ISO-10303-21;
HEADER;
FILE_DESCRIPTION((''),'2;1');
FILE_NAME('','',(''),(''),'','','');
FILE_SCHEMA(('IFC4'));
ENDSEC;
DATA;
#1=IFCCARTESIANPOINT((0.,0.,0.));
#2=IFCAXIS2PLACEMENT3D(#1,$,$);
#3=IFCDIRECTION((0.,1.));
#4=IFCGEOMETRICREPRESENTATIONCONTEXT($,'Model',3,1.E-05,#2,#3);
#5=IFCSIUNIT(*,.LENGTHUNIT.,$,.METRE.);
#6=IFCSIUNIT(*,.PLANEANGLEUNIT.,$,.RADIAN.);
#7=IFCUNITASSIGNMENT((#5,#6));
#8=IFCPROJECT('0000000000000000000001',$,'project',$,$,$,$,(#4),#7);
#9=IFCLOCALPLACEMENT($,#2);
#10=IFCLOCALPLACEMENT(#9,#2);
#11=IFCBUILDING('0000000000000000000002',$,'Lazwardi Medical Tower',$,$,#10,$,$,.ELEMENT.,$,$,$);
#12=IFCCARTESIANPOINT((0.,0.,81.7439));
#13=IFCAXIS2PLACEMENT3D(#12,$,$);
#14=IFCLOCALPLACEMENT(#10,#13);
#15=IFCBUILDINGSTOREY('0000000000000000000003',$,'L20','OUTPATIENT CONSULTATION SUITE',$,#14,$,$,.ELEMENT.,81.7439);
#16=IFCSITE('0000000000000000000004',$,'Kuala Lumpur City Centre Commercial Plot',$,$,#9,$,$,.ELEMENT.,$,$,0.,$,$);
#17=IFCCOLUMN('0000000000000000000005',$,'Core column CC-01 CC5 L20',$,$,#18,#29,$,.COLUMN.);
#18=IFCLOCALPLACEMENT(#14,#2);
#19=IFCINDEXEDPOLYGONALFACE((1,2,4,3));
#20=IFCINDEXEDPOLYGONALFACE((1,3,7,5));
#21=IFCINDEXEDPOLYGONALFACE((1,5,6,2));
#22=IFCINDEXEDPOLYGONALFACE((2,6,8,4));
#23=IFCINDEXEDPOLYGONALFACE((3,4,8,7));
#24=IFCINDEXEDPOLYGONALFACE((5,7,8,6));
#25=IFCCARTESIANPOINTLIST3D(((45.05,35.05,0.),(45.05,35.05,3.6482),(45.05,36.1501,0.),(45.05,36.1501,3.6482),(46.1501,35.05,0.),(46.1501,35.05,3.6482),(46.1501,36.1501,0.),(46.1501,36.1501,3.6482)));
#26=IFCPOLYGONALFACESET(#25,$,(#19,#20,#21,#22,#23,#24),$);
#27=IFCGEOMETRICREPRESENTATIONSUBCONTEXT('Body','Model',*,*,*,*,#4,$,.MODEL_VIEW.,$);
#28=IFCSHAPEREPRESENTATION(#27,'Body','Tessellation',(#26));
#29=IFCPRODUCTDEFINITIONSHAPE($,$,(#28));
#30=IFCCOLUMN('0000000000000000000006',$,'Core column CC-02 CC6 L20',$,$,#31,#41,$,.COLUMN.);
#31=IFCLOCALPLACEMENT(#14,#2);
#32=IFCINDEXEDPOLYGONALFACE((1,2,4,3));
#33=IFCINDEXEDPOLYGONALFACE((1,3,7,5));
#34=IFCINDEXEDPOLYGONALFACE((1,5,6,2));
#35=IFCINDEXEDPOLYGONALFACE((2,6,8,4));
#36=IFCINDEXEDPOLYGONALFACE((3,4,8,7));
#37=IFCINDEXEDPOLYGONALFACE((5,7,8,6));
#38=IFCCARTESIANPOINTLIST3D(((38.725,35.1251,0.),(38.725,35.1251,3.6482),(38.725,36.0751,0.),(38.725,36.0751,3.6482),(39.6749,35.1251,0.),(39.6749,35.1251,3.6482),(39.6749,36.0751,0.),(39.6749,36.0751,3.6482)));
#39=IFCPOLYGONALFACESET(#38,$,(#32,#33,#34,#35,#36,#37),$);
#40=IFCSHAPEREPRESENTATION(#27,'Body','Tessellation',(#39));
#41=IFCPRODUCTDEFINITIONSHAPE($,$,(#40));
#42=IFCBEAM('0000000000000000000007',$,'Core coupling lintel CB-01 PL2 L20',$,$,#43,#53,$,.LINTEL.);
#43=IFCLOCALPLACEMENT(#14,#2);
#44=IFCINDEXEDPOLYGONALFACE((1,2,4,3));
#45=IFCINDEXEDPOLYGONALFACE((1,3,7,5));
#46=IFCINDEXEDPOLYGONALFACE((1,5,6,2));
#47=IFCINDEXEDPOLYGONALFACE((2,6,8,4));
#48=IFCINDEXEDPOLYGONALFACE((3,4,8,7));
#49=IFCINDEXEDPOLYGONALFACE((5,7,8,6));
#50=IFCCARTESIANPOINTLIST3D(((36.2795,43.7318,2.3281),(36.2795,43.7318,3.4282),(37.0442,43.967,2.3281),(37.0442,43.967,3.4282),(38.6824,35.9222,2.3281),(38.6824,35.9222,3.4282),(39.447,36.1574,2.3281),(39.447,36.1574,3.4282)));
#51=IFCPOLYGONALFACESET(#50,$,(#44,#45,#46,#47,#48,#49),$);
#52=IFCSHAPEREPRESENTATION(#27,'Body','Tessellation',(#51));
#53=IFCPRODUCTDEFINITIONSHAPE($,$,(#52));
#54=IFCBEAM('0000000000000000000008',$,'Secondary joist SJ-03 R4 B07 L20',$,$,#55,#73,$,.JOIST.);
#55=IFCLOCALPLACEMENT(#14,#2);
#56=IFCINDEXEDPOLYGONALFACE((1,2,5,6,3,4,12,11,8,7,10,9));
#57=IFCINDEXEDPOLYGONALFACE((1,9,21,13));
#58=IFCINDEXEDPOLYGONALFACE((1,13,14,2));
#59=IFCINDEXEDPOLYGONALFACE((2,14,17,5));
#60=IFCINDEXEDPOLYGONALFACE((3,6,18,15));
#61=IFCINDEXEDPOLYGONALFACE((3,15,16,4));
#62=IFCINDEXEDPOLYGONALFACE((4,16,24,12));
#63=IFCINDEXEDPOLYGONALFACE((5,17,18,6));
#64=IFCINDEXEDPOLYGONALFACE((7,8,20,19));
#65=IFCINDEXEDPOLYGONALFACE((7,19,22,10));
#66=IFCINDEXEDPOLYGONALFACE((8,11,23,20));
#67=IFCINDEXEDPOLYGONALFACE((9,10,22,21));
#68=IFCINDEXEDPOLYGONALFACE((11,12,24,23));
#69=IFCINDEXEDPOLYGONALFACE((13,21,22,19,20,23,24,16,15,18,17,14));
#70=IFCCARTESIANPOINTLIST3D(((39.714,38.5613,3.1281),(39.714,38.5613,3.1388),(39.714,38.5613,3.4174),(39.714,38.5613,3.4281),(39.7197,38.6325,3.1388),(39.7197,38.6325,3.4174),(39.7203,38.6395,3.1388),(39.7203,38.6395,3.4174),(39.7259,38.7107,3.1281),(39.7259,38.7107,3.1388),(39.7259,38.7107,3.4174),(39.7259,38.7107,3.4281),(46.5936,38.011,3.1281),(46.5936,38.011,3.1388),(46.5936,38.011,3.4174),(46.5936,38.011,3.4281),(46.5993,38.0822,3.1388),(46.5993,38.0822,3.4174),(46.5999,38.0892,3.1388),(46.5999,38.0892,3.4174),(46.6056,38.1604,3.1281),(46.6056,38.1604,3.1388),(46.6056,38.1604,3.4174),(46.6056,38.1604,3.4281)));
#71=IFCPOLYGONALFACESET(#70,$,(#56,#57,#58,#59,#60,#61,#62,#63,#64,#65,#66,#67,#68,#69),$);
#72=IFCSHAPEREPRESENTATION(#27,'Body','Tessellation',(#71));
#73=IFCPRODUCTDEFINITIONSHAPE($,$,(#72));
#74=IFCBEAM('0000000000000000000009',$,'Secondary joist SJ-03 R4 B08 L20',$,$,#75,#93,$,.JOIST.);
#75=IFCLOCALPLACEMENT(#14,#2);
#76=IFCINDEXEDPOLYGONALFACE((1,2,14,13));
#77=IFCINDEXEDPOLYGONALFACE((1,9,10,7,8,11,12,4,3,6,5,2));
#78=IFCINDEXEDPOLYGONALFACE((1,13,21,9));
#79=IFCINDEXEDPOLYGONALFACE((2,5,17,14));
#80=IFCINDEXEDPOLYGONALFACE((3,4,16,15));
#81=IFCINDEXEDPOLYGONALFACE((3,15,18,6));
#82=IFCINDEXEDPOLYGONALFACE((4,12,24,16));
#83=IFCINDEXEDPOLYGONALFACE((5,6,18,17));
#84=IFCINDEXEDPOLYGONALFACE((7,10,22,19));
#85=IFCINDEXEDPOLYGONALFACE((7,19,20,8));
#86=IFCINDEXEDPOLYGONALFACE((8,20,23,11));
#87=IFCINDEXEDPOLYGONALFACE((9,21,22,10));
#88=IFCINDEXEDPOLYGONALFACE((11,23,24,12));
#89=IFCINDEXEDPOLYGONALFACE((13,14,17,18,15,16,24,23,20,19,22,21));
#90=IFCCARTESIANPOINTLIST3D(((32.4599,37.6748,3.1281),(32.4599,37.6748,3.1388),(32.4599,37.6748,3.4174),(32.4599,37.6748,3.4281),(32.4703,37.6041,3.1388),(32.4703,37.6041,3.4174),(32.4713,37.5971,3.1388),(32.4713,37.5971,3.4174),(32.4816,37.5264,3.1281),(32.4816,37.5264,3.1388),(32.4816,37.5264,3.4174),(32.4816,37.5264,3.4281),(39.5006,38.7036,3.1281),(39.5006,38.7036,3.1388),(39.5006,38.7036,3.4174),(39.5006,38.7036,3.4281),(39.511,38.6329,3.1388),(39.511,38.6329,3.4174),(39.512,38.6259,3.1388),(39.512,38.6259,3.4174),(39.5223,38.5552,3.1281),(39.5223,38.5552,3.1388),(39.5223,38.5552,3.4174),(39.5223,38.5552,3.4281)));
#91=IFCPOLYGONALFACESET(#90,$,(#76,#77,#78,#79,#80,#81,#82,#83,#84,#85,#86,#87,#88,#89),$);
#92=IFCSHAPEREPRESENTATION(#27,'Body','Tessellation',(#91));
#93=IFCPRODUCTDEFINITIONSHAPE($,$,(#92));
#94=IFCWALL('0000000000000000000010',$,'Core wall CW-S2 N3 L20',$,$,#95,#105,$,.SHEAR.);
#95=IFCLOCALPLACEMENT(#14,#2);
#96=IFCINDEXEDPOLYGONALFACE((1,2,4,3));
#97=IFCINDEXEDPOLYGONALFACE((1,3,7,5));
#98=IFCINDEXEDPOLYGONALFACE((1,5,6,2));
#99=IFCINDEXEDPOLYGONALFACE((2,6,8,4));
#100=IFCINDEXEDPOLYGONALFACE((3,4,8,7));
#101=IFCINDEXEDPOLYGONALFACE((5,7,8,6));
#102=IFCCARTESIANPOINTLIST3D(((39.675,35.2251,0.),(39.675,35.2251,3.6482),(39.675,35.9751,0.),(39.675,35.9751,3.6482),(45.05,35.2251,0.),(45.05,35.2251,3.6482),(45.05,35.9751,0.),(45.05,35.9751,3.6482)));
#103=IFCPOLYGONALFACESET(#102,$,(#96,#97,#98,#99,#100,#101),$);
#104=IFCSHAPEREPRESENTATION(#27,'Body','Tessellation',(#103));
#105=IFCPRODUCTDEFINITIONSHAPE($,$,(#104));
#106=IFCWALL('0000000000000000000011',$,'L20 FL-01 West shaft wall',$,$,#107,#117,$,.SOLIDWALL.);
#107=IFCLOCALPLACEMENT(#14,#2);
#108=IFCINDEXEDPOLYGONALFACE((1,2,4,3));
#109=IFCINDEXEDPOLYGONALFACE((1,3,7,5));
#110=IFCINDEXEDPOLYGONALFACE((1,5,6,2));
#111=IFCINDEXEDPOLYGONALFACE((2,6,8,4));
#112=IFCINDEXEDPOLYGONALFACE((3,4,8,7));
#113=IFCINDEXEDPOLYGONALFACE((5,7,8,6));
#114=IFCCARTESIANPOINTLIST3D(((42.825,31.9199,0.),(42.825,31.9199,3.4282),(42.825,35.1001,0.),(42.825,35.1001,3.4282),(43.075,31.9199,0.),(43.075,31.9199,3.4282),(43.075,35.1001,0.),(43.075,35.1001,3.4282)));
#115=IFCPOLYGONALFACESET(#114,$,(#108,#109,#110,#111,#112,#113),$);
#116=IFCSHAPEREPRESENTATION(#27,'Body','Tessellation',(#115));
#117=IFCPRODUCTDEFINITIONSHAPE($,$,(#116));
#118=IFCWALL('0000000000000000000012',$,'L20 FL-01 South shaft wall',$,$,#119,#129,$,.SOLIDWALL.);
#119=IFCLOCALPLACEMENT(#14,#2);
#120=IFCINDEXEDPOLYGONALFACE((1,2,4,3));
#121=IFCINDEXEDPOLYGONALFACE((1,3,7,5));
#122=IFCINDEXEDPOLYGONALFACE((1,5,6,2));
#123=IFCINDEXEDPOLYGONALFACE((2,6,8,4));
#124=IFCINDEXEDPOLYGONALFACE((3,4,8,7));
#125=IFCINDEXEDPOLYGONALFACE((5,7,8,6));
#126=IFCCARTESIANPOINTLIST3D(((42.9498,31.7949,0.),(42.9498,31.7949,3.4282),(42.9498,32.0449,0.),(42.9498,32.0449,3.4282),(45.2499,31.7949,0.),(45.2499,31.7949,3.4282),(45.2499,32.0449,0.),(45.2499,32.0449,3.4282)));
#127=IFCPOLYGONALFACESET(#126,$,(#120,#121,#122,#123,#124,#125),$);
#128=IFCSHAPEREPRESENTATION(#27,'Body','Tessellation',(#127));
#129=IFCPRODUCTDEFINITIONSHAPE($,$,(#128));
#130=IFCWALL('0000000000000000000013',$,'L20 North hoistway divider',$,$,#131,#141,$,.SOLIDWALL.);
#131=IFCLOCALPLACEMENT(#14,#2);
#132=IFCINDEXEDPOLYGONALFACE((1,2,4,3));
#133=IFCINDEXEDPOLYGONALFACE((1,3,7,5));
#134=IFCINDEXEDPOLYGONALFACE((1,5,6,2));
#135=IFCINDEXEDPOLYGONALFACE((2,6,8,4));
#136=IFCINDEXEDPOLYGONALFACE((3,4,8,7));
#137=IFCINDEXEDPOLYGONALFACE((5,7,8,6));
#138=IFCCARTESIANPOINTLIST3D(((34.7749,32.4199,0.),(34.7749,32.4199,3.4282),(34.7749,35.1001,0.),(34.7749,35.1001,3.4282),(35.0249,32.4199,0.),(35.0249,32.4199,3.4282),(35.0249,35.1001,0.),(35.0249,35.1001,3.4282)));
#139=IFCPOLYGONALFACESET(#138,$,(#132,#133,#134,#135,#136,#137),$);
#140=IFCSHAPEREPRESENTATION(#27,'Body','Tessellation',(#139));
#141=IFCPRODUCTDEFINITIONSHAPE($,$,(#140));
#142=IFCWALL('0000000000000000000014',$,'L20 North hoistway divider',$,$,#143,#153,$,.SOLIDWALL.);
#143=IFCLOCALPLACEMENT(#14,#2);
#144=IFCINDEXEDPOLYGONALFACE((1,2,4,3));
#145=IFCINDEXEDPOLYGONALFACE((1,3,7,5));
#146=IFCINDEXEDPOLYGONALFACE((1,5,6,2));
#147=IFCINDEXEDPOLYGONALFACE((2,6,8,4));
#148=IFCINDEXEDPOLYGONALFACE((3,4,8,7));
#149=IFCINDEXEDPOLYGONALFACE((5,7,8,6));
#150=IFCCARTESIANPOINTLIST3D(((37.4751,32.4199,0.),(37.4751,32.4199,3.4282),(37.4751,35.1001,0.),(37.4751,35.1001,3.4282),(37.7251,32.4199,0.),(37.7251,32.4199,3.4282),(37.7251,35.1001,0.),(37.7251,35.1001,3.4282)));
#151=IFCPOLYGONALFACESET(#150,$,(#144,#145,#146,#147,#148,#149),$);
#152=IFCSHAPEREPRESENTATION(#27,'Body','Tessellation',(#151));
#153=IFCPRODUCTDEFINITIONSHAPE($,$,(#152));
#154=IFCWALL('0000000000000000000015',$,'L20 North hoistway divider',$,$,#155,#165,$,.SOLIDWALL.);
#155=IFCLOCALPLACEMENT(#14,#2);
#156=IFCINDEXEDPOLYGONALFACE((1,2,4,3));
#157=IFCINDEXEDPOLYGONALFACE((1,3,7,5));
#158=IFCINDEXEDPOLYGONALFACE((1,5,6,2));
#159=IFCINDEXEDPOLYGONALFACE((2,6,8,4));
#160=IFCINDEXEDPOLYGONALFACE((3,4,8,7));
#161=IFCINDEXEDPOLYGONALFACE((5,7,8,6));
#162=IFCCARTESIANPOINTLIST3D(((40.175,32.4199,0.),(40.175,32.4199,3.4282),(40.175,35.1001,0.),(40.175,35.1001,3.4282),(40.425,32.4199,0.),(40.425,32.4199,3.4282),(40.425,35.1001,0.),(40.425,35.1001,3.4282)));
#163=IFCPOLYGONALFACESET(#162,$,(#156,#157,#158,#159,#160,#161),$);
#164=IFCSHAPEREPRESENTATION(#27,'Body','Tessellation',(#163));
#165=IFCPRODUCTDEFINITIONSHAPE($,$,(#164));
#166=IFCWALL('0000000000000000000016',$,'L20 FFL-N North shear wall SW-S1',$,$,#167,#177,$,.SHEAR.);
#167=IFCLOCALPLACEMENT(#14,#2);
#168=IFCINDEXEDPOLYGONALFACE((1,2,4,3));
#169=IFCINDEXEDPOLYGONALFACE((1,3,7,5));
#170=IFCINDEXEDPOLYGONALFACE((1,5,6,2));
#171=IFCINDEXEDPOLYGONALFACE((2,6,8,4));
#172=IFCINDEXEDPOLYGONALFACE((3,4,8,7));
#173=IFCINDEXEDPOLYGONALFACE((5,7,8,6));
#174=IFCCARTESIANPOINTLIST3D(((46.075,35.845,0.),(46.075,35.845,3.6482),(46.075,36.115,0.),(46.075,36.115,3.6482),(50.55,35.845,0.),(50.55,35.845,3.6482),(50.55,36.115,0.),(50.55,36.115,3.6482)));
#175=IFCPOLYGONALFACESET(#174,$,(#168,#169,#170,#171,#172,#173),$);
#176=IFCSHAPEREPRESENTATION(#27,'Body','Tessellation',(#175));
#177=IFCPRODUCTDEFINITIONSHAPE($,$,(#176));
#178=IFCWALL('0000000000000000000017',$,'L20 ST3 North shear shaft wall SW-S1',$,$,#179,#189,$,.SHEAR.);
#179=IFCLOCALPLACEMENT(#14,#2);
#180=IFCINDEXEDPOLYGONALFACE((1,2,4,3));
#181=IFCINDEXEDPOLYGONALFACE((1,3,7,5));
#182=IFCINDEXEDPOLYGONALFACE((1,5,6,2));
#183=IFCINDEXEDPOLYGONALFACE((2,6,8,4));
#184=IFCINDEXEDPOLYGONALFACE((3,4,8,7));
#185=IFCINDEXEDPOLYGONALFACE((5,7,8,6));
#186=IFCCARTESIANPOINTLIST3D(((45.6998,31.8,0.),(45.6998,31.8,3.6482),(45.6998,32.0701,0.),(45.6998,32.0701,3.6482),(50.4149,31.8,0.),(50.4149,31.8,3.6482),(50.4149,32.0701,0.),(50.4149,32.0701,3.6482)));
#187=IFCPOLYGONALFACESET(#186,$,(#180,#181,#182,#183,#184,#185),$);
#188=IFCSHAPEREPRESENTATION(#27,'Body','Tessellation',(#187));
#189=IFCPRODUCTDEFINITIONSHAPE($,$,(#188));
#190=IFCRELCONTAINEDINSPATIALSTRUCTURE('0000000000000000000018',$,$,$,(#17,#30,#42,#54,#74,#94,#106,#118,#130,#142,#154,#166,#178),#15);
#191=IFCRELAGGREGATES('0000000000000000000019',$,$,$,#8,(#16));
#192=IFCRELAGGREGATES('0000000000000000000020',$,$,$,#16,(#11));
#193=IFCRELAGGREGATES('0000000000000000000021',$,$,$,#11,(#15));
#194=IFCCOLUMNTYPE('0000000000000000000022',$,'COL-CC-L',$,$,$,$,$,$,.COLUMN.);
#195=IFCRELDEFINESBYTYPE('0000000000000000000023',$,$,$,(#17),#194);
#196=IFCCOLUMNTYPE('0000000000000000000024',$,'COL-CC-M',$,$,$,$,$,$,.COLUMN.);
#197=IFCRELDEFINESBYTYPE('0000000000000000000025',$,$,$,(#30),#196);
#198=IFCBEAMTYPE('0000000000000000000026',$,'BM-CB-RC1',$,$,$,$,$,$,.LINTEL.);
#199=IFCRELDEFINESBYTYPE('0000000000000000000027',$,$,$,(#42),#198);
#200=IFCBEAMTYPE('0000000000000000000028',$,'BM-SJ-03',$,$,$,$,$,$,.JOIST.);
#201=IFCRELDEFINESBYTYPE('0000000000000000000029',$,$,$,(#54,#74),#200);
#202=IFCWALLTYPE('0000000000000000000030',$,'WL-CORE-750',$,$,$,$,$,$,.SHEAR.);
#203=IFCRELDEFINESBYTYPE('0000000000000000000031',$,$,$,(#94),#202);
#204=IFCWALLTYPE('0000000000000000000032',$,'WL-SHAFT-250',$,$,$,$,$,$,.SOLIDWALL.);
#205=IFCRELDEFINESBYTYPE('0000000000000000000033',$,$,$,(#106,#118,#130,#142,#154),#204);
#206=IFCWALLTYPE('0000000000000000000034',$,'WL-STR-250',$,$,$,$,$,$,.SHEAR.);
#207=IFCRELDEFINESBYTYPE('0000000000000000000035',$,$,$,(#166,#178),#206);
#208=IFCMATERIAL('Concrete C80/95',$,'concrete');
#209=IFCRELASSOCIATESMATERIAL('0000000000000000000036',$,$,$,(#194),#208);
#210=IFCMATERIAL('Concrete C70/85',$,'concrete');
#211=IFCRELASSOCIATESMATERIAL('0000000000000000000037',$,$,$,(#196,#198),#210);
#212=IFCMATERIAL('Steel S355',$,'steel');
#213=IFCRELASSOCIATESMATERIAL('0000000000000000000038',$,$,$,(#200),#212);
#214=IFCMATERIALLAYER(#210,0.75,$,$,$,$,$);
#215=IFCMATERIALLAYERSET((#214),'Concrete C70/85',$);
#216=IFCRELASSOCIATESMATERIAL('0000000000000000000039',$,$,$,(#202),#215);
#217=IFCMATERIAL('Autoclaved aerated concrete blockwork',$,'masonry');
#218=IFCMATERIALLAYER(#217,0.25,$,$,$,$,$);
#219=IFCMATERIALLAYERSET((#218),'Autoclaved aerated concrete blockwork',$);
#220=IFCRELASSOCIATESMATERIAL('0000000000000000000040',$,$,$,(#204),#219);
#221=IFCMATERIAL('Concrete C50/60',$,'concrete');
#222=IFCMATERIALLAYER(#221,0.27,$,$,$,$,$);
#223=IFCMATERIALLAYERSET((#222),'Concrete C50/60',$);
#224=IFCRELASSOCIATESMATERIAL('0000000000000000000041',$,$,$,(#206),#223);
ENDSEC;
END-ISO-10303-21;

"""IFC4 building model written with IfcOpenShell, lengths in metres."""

from ifc_helpers import new_model, si_unit, direction, frame, frame_2d, origin, origin_2d, place, context, subcontext, project, spatial, rectangle, i_section, extrude, material, layer, layer_set, material_profile, profile_set, type_object, element, save


model = new_model("IFC4")

# Units and contexts
model_context = context("Model", 3, precision=1e-05, world=origin(), true_north=direction((0.0, 1.0)))
body_context = subcontext(model_context, "Body", "Model", "MODEL_VIEW")
ifc_project = project(units=[si_unit("LENGTHUNIT", "METRE"), si_unit("PLANEANGLEUNIT", "RADIAN")], contexts=[model_context])

# Site, building, storey
site_placement = place(None, origin())
site = spatial("IfcSite", under=ifc_project, at=site_placement, Name="Kuala Lumpur City Centre Commercial Plot", CompositionType="ELEMENT", RefElevation=0.0)
building_placement = place(site_placement, origin())
building = spatial("IfcBuilding", under=site, at=building_placement, Name="Lazwardi Medical Tower", CompositionType="ELEMENT")
storey_placement = place(building_placement, frame((0.0, 0.0, 81.7439)))
storey = spatial("IfcBuildingStorey", under=building, at=storey_placement, Name="L20", Description="OUTPATIENT CONSULTATION SUITE", CompositionType="ELEMENT", Elevation=81.7439)

# Columns
ifc_material_1 = material(Name="Concrete C80/95", Category="concrete")
ifc_material_profile_1 = material_profile(ifc_material_1, rectangle(XDim=1.1001, YDim=1.1001, at=origin_2d()), Name="RC 1100x1100")
ifc_profile_set_1 = profile_set([ifc_material_profile_1], Name="Concrete C80/95")
column_type_1 = type_object("IfcColumnType", Name="COL-CC-L", PredefinedType="COLUMN", material=ifc_profile_set_1)
column_1_placement = place(storey_placement, frame((45.6001, 35.6001, 0.0), z_axis=(0.0, 0.0, 1.0), x_axis=(1.0, 0.0, 0.0)))
element("IfcColumn", 1, at=column_1_placement, inside=storey, type_object=column_type_1, Name="Core column CC-01 CC5 L20", PredefinedType="COLUMN", context=body_context, shape_type="SweptSolid", body=[
    extrude(rectangle(XDim=1.1001, YDim=1.1001, at=origin_2d()), origin(), (0.0, 0.0, 1.0), 3.6482),
])
ifc_material_2 = material(Name="Concrete C70/85", Category="concrete")
ifc_material_profile_2 = material_profile(ifc_material_2, rectangle(XDim=0.95, YDim=0.95, at=origin_2d()), Name="RC 950x950")
ifc_profile_set_2 = profile_set([ifc_material_profile_2], Name="Concrete C70/85")
column_type_2 = type_object("IfcColumnType", Name="COL-CC-M", PredefinedType="COLUMN", material=ifc_profile_set_2)
column_2_placement = place(storey_placement, frame((39.2, 35.6001, 0.0), z_axis=(0.0, 0.0, 1.0), x_axis=(1.0, 0.0, 0.0)))
element("IfcColumn", 2, at=column_2_placement, inside=storey, type_object=column_type_2, Name="Core column CC-02 CC6 L20", PredefinedType="COLUMN", context=body_context, shape_type="SweptSolid", body=[
    extrude(rectangle(XDim=0.95, YDim=0.95, at=origin_2d()), origin(), (0.0, 0.0, 1.0), 3.6482),
])

# Beams
ifc_material_profile_3 = material_profile(ifc_material_2, rectangle(XDim=0.8, YDim=1.1001, at=origin_2d()), Name="RC 800x1100")
ifc_profile_set_3 = profile_set([ifc_material_profile_3], Name="Concrete C70/85")
beam_type_1 = type_object("IfcBeamType", Name="BM-CB-RC1", PredefinedType="LINTEL", material=ifc_profile_set_3)
beam_1_placement = place(storey_placement, frame((39.0647, 36.0398, 2.8782), z_axis=(-0.294073, 0.955783, 0.0), x_axis=(-0.955783, -0.294073, 0.0)))
element("IfcBeam", 3, at=beam_1_placement, inside=storey, type_object=beam_type_1, Name="Core coupling lintel CB-01 PL2 L20", PredefinedType="LINTEL", context=body_context, shape_type="SweptSolid", body=[
    extrude(rectangle(XDim=0.8, YDim=1.1001, at=origin_2d()), origin(), (0.0, 0.0, 1.0), 8.1709),
])
ifc_material_3 = material(Name="Steel S355", Category="steel")
ifc_material_profile_4 = material_profile(ifc_material_3, i_section(OverallWidth=0.1499, OverallDepth=0.3, WebThickness=0.0071, FlangeThickness=0.0107, at=origin_2d()), Name="IPE 300")
ifc_profile_set_4 = profile_set([ifc_material_profile_4], Name="Steel S355")
beam_type_2 = type_object("IfcBeamType", Name="BM-SJ-03", PredefinedType="JOIST", material=ifc_profile_set_4)
beam_2_placement = place(storey_placement, frame((46.5996, 38.0857, 3.2781), z_axis=(-0.996816, 0.079734, 0.0), x_axis=(-0.079734, -0.996816, 0.0)))
element("IfcBeam", 4, at=beam_2_placement, inside=storey, type_object=beam_type_2, Name="Secondary joist SJ-03 R4 B07 L20", PredefinedType="JOIST", context=body_context, shape_type="SweptSolid", body=[
    extrude(i_section(OverallWidth=0.1499, OverallDepth=0.3, WebThickness=0.0071, FlangeThickness=0.0107, at=origin_2d()), origin(), (0.0, 0.0, 1.0), 6.9016),
])
beam_3_placement = place(storey_placement, frame((39.5115, 38.6294, 3.2781), z_axis=(-0.989492, -0.144586, 0.0), x_axis=(0.144586, -0.989492, 0.0)))
element("IfcBeam", 5, at=beam_3_placement, inside=storey, type_object=beam_type_2, Name="Secondary joist SJ-03 R4 B08 L20", PredefinedType="JOIST", context=body_context, shape_type="SweptSolid", body=[
    extrude(i_section(OverallWidth=0.1499, OverallDepth=0.3, WebThickness=0.0071, FlangeThickness=0.0107, at=origin_2d()), origin(), (0.0, 0.0, 1.0), 7.1155),
])

# Walls
ifc_layer_1 = layer(ifc_material_2, 0.75)
ifc_layer_set_1 = layer_set([ifc_layer_1], Name="Concrete C70/85")
wall_type_1 = type_object("IfcWallType", Name="WL-CORE-750", PredefinedType="SHEAR", material=ifc_layer_set_1)
wall_1_placement = place(storey_placement, frame((39.675, 35.6001, 0.0), z_axis=(0.0, 0.0, 1.0), x_axis=(1.0, 0.0, 0.0)))
element("IfcWall", 6, at=wall_1_placement, inside=storey, type_object=wall_type_1, Name="Core wall CW-S2 N3 L20", PredefinedType="SHEAR", context=body_context, shape_type="SweptSolid", body=[
    extrude(rectangle(XDim=5.375, YDim=0.75, at=frame_2d((2.6875, 0.0))), origin(), (0.0, 0.0, 1.0), 3.6482),
])
ifc_material_4 = material(Name="Autoclaved aerated concrete blockwork", Category="masonry")
ifc_layer_2 = layer(ifc_material_4, 0.25)
ifc_layer_set_2 = layer_set([ifc_layer_2], Name="Autoclaved aerated concrete blockwork")
wall_type_2 = type_object("IfcWallType", Name="WL-SHAFT-250", PredefinedType="SOLIDWALL", material=ifc_layer_set_2)
wall_2_placement = place(storey_placement, frame((42.95, 31.9199, 0.0), z_axis=(0.0, 0.0, 1.0), x_axis=(0.0, 1.0, 0.0)))
element("IfcWall", 7, at=wall_2_placement, inside=storey, type_object=wall_type_2, Name="L20 FL-01 West shaft wall", PredefinedType="SOLIDWALL", context=body_context, shape_type="SweptSolid", body=[
    extrude(rectangle(XDim=3.1802, YDim=0.25, at=frame_2d((1.5901, 0.0))), origin(), (0.0, 0.0, 1.0), 3.4282),
])
wall_3_placement = place(storey_placement, frame((42.95, 31.9199, 0.0), z_axis=(0.0, 0.0, 1.0), x_axis=(1.0, 0.0, 0.0)))
element("IfcWall", 8, at=wall_3_placement, inside=storey, type_object=wall_type_2, Name="L20 FL-01 South shaft wall", PredefinedType="SOLIDWALL", context=body_context, shape_type="SweptSolid", body=[
    extrude(rectangle(XDim=2.3, YDim=0.25, at=frame_2d((1.1499, 0.0))), origin(), (0.0, 0.0, 1.0), 3.4282),
])
for number, where, z_axis, x_axis, name in (
    (9, (34.8999, 32.4199, 0.0), (0.0, 0.0, 1.0), (0.0, 1.0, 0.0), "L20 North hoistway divider"),
    (10, (37.6001, 32.4199, 0.0), (0.0, 0.0, 1.0), (0.0, 1.0, 0.0), "L20 North hoistway divider"),
    (11, (40.3, 32.4199, 0.0), (0.0, 0.0, 1.0), (0.0, 1.0, 0.0), "L20 North hoistway divider"),
):
    element("IfcWall", number, at=place(storey_placement, frame(where, z_axis=z_axis, x_axis=x_axis)), inside=storey, type_object=wall_type_2, Name=name, PredefinedType="SOLIDWALL", context=body_context, shape_type="SweptSolid", body=[
        extrude(rectangle(XDim=2.6802, YDim=0.25, at=frame_2d((1.3401, 0.0))), origin(), (0.0, 0.0, 1.0), 3.4282),
    ])

# Shared definitions
ifc_material_5 = material(Name="Concrete C50/60", Category="concrete")
ifc_layer_3 = layer(ifc_material_5, 0.27)
ifc_layer_set_3 = layer_set([ifc_layer_3], Name="Concrete C50/60")
wall_type_3 = type_object("IfcWallType", Name="WL-STR-250", PredefinedType="SHEAR", material=ifc_layer_set_3)

# Walls
wall_4_placement = place(storey_placement, frame((46.075, 35.98, 0.0), z_axis=(0.0, 0.0, 1.0), x_axis=(1.0, 0.0, 0.0)))
element("IfcWall", 12, at=wall_4_placement, inside=storey, type_object=wall_type_3, Name="L20 FFL-N North shear wall SW-S1", PredefinedType="SHEAR", context=body_context, shape_type="SweptSolid", body=[
    extrude(rectangle(XDim=4.4751, YDim=0.27, at=frame_2d((2.2375, 0.0))), origin(), (0.0, 0.0, 1.0), 3.6482),
])
wall_5_placement = place(storey_placement, frame((45.7, 31.9351, 0.0), z_axis=(0.0, 0.0, 1.0), x_axis=(1.0, 0.0, 0.0)))
element("IfcWall", 13, at=wall_5_placement, inside=storey, type_object=wall_type_3, Name="L20 ST3 North shear shaft wall SW-S1", PredefinedType="SHEAR", context=body_context, shape_type="SweptSolid", body=[
    extrude(rectangle(XDim=4.7151, YDim=0.27, at=frame_2d((2.3574, 0.0))), origin(), (0.0, 0.0, 1.0), 3.6482),
])

save(model, "model.ifc")
